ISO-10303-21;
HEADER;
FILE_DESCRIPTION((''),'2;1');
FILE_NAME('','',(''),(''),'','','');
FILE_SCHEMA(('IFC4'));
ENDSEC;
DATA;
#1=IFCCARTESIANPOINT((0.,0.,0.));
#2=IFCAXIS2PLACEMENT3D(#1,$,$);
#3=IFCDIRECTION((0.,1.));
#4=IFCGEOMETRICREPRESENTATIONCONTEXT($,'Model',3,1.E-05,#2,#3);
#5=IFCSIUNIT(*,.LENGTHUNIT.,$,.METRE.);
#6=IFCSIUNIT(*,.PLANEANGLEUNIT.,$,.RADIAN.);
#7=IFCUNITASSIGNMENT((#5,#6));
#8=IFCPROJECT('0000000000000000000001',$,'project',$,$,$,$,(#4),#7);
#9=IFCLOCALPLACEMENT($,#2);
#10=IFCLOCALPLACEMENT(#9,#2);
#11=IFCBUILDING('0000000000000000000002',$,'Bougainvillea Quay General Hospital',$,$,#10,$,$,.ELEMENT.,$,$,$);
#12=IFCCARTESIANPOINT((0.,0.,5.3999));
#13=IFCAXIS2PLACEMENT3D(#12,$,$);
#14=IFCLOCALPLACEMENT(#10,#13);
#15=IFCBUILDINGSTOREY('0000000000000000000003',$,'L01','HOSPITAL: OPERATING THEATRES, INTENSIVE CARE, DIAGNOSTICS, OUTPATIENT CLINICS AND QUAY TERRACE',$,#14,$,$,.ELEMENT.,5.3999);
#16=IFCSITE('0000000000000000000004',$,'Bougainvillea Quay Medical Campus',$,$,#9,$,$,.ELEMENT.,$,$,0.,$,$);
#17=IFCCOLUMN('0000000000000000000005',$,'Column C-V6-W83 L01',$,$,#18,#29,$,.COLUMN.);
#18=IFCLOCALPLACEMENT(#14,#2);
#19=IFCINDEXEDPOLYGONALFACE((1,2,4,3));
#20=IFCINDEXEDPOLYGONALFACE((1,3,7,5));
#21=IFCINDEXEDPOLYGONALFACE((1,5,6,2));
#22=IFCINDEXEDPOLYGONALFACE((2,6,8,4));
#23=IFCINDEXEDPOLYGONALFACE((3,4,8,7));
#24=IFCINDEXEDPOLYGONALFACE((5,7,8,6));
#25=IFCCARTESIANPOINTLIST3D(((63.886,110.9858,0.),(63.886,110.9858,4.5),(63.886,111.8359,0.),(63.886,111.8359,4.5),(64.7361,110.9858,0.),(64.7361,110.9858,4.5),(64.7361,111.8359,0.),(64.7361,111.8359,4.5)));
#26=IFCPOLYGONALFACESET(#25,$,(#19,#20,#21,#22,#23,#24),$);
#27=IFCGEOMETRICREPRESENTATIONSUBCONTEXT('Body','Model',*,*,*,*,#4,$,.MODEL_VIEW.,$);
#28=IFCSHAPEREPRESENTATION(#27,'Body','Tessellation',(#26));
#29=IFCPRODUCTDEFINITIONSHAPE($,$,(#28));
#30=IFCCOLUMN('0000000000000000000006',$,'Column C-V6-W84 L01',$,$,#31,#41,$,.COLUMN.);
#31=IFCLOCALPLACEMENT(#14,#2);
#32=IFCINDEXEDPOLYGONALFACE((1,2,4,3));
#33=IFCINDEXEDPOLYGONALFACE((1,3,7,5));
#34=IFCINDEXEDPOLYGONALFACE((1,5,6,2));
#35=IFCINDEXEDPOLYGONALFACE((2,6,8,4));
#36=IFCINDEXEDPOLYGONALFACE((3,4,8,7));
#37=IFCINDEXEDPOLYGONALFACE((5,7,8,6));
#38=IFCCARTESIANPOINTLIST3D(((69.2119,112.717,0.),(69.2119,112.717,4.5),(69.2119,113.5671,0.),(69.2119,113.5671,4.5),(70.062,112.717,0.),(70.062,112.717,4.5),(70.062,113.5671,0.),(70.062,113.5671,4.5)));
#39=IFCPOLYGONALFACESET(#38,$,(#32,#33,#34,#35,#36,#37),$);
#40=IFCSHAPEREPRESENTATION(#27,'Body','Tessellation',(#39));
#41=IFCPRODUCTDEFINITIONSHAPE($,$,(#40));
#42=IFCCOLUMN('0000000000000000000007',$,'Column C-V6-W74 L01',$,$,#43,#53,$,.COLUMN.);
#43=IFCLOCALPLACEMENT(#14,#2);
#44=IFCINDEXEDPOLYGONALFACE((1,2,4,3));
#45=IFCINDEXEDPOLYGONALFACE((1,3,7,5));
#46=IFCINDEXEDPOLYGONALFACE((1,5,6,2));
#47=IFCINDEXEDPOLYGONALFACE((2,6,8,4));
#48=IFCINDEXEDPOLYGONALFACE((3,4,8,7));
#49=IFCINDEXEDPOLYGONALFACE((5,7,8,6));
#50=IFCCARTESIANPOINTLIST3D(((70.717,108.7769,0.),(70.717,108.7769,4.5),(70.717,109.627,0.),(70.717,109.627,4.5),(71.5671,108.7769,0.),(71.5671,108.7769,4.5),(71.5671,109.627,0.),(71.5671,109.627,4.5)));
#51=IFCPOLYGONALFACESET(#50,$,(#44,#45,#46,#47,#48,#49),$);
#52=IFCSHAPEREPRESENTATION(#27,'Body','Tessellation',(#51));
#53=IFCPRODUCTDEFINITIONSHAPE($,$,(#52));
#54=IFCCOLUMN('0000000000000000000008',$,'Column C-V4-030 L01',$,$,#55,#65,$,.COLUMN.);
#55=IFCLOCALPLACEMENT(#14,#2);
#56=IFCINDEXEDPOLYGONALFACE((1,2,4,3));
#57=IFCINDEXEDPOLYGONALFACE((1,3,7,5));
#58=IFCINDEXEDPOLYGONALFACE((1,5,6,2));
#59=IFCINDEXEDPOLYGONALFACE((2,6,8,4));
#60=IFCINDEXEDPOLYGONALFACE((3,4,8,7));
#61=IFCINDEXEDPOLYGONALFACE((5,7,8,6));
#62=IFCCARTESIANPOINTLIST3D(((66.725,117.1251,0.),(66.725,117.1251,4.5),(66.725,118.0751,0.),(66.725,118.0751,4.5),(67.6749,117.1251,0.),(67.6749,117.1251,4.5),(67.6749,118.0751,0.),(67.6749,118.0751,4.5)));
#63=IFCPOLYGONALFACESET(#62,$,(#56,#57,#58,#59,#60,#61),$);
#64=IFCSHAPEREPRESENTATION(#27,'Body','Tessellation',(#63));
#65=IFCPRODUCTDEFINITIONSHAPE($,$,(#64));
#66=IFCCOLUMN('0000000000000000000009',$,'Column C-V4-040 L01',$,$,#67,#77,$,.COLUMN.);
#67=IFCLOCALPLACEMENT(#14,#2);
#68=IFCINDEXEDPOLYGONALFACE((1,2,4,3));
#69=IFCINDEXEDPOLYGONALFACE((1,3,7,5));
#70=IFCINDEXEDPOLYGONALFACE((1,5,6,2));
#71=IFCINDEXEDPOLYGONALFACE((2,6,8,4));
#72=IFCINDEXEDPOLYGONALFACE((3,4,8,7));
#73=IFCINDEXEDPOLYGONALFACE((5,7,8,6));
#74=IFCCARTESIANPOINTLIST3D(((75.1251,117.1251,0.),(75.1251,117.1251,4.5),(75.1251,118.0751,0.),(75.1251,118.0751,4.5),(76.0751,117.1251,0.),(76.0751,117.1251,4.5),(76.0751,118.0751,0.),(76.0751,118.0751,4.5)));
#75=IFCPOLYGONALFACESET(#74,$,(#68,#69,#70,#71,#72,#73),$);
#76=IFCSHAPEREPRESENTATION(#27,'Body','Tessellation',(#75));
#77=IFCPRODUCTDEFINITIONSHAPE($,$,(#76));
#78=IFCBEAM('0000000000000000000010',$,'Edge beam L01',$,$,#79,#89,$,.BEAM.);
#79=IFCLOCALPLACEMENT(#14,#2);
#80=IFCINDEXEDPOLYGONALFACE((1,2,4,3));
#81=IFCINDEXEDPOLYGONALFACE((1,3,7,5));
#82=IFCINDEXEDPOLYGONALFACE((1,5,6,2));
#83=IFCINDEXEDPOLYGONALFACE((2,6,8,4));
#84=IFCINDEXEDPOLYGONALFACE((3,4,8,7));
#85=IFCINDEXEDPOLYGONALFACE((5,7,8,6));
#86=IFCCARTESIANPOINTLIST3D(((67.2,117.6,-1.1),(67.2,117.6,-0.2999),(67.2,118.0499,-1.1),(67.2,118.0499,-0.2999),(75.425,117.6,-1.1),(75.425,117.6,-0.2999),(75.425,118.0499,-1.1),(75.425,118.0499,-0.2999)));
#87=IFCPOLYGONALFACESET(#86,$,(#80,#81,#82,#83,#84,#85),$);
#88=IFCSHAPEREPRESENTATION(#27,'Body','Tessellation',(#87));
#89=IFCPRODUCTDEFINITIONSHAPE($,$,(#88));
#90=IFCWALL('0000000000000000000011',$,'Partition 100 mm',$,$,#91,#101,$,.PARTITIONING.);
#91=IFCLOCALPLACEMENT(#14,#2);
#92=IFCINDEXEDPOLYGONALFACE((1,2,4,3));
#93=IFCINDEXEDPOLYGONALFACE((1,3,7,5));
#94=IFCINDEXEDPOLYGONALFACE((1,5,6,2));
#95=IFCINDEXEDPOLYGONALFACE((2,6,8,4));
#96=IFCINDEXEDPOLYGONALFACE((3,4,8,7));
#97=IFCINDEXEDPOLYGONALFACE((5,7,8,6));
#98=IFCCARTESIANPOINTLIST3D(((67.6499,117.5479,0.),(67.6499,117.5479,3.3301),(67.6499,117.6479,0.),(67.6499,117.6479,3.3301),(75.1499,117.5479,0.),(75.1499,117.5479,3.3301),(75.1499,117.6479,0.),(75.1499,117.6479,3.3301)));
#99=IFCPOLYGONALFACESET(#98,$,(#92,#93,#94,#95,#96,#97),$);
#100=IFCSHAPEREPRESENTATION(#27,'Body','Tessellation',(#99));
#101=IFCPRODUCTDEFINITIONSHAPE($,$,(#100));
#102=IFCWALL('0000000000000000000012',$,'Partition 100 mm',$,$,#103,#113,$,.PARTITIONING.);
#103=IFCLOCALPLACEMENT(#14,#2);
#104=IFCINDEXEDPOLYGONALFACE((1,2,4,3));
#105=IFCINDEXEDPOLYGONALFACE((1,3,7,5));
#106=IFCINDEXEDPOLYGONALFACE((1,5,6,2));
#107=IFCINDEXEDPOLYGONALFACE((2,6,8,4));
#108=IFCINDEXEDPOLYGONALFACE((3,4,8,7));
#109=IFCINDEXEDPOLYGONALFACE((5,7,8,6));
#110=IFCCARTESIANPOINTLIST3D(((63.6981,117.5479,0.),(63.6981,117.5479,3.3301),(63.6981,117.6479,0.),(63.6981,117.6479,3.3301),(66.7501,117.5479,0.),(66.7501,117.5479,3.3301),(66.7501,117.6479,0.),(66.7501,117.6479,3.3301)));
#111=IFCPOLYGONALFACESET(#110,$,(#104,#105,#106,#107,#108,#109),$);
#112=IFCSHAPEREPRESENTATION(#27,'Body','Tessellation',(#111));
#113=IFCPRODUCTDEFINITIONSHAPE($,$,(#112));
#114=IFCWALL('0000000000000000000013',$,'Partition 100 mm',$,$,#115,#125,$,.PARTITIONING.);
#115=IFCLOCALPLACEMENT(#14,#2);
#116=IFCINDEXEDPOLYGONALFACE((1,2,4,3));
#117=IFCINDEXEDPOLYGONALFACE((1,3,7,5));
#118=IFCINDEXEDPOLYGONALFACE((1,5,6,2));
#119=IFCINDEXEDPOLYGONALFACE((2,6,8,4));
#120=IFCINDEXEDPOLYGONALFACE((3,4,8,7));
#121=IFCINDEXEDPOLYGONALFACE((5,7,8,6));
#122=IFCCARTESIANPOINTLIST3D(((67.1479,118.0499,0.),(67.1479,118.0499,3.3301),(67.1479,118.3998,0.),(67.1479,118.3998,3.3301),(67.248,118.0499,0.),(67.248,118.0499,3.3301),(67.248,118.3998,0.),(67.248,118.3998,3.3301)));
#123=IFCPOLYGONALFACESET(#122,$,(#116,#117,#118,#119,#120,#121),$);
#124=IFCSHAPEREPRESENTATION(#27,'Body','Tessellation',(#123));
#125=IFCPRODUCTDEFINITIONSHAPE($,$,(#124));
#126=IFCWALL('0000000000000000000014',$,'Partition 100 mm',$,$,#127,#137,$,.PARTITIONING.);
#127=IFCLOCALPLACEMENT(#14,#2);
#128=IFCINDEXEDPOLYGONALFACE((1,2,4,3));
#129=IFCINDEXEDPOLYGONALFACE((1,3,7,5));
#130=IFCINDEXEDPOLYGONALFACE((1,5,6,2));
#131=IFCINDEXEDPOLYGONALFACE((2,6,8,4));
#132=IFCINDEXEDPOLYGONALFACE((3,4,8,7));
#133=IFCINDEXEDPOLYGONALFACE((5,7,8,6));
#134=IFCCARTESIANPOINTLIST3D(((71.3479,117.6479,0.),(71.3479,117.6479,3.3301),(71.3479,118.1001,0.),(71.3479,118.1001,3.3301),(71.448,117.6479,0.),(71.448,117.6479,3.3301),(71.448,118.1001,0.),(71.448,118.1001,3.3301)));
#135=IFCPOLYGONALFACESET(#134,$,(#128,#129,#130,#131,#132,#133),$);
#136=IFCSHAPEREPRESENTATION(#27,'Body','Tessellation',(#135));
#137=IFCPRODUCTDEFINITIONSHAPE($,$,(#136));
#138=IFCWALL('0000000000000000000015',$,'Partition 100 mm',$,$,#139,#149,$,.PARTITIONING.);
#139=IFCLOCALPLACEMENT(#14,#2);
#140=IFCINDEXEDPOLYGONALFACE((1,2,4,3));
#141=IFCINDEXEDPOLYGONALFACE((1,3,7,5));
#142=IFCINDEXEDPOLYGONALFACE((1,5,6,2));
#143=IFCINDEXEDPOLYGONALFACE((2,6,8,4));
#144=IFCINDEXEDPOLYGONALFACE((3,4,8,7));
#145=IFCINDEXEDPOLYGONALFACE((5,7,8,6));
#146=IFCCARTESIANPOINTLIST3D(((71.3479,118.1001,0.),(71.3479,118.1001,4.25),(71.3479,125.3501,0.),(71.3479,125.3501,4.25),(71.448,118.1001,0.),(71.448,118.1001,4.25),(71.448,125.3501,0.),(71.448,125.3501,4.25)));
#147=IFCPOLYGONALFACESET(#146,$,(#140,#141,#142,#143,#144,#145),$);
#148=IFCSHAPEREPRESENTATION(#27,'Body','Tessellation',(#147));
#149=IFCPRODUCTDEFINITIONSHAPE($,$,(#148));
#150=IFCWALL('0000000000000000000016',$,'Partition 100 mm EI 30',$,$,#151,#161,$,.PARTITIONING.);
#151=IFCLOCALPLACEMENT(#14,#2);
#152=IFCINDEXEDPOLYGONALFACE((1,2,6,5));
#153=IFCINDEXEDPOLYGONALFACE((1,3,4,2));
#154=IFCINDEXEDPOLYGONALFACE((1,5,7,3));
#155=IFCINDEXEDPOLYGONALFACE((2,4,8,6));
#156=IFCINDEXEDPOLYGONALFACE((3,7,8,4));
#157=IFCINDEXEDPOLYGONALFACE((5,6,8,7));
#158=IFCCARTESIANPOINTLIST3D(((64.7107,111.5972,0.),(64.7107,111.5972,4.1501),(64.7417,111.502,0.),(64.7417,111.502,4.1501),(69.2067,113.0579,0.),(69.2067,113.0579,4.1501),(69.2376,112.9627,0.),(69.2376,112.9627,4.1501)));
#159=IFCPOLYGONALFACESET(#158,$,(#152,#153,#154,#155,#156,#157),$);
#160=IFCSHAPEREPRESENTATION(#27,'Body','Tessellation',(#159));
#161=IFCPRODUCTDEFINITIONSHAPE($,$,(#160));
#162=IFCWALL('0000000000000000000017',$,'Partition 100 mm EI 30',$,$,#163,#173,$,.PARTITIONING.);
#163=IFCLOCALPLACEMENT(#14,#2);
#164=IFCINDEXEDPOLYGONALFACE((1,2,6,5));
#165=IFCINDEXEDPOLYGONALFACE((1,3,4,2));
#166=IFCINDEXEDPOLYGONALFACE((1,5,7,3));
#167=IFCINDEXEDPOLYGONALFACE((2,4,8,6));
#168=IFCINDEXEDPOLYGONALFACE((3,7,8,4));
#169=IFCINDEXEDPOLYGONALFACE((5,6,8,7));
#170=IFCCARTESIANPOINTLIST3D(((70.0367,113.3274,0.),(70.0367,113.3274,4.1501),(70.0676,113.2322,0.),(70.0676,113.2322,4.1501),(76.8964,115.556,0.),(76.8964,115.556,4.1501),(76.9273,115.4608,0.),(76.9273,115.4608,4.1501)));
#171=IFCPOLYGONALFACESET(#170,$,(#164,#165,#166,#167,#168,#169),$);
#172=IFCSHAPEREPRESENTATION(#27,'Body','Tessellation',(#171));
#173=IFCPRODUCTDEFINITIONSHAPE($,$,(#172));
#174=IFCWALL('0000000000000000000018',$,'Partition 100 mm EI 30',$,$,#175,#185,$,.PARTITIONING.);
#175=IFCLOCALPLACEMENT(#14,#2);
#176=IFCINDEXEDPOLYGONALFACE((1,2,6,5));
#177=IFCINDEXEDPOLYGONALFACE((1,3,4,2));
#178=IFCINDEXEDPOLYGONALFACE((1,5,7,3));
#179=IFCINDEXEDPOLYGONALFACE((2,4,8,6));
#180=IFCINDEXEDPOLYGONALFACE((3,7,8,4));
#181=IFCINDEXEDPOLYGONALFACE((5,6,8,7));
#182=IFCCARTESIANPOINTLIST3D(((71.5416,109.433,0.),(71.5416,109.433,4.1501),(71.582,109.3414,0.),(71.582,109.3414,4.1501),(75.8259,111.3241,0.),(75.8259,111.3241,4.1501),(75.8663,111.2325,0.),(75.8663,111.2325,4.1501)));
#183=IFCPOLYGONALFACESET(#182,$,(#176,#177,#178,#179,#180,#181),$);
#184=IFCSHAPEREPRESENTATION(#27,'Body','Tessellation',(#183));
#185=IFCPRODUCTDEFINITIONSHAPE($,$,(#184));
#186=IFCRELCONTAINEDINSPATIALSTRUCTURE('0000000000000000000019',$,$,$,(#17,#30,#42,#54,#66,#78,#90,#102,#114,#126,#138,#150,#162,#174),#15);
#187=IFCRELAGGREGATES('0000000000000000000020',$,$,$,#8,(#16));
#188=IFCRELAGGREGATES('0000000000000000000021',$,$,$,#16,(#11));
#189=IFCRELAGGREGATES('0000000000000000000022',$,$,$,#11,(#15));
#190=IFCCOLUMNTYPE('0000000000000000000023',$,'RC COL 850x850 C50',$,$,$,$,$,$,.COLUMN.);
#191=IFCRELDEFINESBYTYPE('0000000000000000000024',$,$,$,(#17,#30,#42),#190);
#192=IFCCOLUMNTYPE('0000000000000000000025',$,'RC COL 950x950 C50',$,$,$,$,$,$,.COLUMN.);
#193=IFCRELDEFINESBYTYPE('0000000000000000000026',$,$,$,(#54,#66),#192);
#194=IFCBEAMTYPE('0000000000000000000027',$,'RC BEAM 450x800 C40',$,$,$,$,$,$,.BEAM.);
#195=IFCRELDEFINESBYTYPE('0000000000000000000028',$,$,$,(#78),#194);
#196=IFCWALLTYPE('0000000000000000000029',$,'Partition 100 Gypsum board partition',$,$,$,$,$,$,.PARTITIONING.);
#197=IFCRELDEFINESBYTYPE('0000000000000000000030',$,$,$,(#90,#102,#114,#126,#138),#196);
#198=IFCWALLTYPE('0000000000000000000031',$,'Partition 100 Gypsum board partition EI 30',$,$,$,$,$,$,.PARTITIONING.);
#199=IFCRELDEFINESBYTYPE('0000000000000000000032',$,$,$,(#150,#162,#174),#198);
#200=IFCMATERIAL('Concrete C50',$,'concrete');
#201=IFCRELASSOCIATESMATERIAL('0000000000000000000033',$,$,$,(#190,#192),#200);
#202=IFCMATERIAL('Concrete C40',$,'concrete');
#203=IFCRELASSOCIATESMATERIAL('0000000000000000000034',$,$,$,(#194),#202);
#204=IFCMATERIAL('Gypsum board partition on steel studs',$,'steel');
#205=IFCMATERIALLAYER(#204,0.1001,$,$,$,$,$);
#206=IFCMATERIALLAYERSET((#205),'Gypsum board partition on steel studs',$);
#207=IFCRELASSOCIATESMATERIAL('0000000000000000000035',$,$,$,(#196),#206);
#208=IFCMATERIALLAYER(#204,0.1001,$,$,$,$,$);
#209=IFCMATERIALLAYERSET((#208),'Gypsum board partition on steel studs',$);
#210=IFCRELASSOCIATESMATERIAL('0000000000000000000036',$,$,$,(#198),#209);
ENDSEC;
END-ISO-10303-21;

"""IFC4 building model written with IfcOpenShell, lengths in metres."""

from ifc_helpers import new_model, si_unit, direction, frame, frame_2d, origin, origin_2d, place, context, subcontext, project, spatial, rectangle, extrude, material, layer, layer_set, material_profile, profile_set, type_object, element, save


model = new_model("IFC4")

# Units and contexts
model_context = context("Model", 3, precision=1e-05, world=origin(), true_north=direction((0.0, 1.0)))
body_context = subcontext(model_context, "Body", "Model", "MODEL_VIEW")
ifc_project = project(units=[si_unit("LENGTHUNIT", "METRE"), si_unit("PLANEANGLEUNIT", "RADIAN")], contexts=[model_context])

# Site, building, storey
site_placement = place(None, origin())
site = spatial("IfcSite", under=ifc_project, at=site_placement, Name="Bougainvillea Quay Medical Campus", CompositionType="ELEMENT", RefElevation=0.0)
building_placement = place(site_placement, origin())
building = spatial("IfcBuilding", under=site, at=building_placement, Name="Bougainvillea Quay General Hospital", CompositionType="ELEMENT")
storey_placement = place(building_placement, frame((0.0, 0.0, 5.3999)))
storey = spatial("IfcBuildingStorey", under=building, at=storey_placement, Name="L01", Description="HOSPITAL: OPERATING THEATRES, INTENSIVE CARE, DIAGNOSTICS, OUTPATIENT CLINICS AND QUAY TERRACE", CompositionType="ELEMENT", Elevation=5.3999)

# Columns
ifc_material_1 = material(Name="Concrete C50", Category="concrete")
ifc_material_profile_1 = material_profile(ifc_material_1, rectangle(XDim=0.8501, YDim=0.8501, at=origin_2d()))
ifc_profile_set_1 = profile_set([ifc_material_profile_1], Name="Concrete C50")
column_type_1 = type_object("IfcColumnType", Name="RC COL 850x850 C50", PredefinedType="COLUMN", material=ifc_profile_set_1)
for number, where, z_axis, x_axis, name in (
    (1, (64.311, 111.4109, 0.0), (0.0, 0.0, 1.0), (1.0, 0.0, 0.0), "Column C-V6-W83 L01"),
    (2, (69.637, 113.1421, 0.0), (0.0, 0.0, 1.0), (1.0, 0.0, 0.0), "Column C-V6-W84 L01"),
    (3, (71.1421, 109.2019, 0.0), (0.0, 0.0, 1.0), (1.0, 0.0, 0.0), "Column C-V6-W74 L01"),
):
    element("IfcColumn", number, at=place(storey_placement, frame(where, z_axis=z_axis, x_axis=x_axis)), inside=storey, type_object=column_type_1, Name=name, PredefinedType="COLUMN", context=body_context, shape_type="SweptSolid", body=[
        extrude(rectangle(XDim=0.8501, YDim=0.8501, at=origin_2d()), origin(), (0.0, 0.0, 1.0), 4.5),
    ])
ifc_material_profile_2 = material_profile(ifc_material_1, rectangle(XDim=0.95, YDim=0.95, at=origin_2d()))
ifc_profile_set_2 = profile_set([ifc_material_profile_2], Name="Concrete C50")
column_type_2 = type_object("IfcColumnType", Name="RC COL 950x950 C50", PredefinedType="COLUMN", material=ifc_profile_set_2)
for number, where, z_axis, x_axis, name in (
    (4, (67.2, 117.6001, 0.0), (0.0, 0.0, 1.0), (1.0, 0.0, 0.0), "Column C-V4-030 L01"),
    (5, (75.6001, 117.6001, 0.0), (0.0, 0.0, 1.0), (1.0, 0.0, 0.0), "Column C-V4-040 L01"),
):
    element("IfcColumn", number, at=place(storey_placement, frame(where, z_axis=z_axis, x_axis=x_axis)), inside=storey, type_object=column_type_2, Name=name, PredefinedType="COLUMN", context=body_context, shape_type="SweptSolid", body=[
        extrude(rectangle(XDim=0.95, YDim=0.95, at=origin_2d()), origin(), (0.0, 0.0, 1.0), 4.5),
    ])

# Beam
ifc_material_2 = material(Name="Concrete C40", Category="concrete")
ifc_material_profile_3 = material_profile(ifc_material_2, rectangle(XDim=0.45, YDim=0.8, at=origin_2d()))
ifc_profile_set_3 = profile_set([ifc_material_profile_3], Name="Concrete C40")
beam_type = type_object("IfcBeamType", Name="RC BEAM 450x800 C40", PredefinedType="BEAM", material=ifc_profile_set_3)
beam_placement = place(storey_placement, frame((67.2, 117.825, -0.7), z_axis=(1.0, 0.0, 0.0), x_axis=(0.0, 1.0, 0.0)))
element("IfcBeam", 6, at=beam_placement, inside=storey, type_object=beam_type, Name="Edge beam L01", PredefinedType="BEAM", context=body_context, shape_type="SweptSolid", body=[
    extrude(rectangle(XDim=0.45, YDim=0.8, at=origin_2d()), origin(), (0.0, 0.0, 1.0), 8.2251),
])

# Walls
ifc_material_3 = material(Name="Gypsum board partition on steel studs", Category="steel")
ifc_layer_1 = layer(ifc_material_3, 0.1001)
ifc_layer_set_1 = layer_set([ifc_layer_1], Name="Gypsum board partition on steel studs")
wall_type_1 = type_object("IfcWallType", Name="Partition 100 Gypsum board partition", PredefinedType="PARTITIONING", material=ifc_layer_set_1)
wall_1_placement = place(storey_placement, frame((75.1499, 117.5979, 0.0), z_axis=(0.0, 0.0, 1.0), x_axis=(-1.0, 0.0, 0.0)))
element("IfcWall", 7, at=wall_1_placement, inside=storey, type_object=wall_type_1, Name="Partition 100 mm", PredefinedType="PARTITIONING", context=body_context, shape_type="SweptSolid", body=[
    extrude(rectangle(XDim=7.5, YDim=0.1001, at=frame_2d((3.75, 0.0))), origin(), (0.0, 0.0, 1.0), 3.3301),
])
wall_2_placement = place(storey_placement, frame((66.75, 117.5979, 0.0), z_axis=(0.0, 0.0, 1.0), x_axis=(-1.0, 0.0, 0.0)))
element("IfcWall", 8, at=wall_2_placement, inside=storey, type_object=wall_type_1, Name="Partition 100 mm", PredefinedType="PARTITIONING", context=body_context, shape_type="SweptSolid", body=[
    extrude(rectangle(XDim=3.052, YDim=0.1001, at=frame_2d((1.5259, 0.0))), origin(), (0.0, 0.0, 1.0), 3.3301),
])
wall_3_placement = place(storey_placement, frame((67.198, 118.05, 0.0), z_axis=(0.0, 0.0, 1.0), x_axis=(0.0, 1.0, 0.0)))
element("IfcWall", 9, at=wall_3_placement, inside=storey, type_object=wall_type_1, Name="Partition 100 mm", PredefinedType="PARTITIONING", context=body_context, shape_type="SweptSolid", body=[
    extrude(rectangle(XDim=0.3499, YDim=0.1001, at=frame_2d((0.1748, 0.0))), origin(), (0.0, 0.0, 1.0), 3.3301),
])
wall_4_placement = place(storey_placement, frame((71.3979, 117.6479, 0.0), z_axis=(0.0, 0.0, 1.0), x_axis=(0.0, 1.0, 0.0)))
element("IfcWall", 10, at=wall_4_placement, inside=storey, type_object=wall_type_1, Name="Partition 100 mm", PredefinedType="PARTITIONING", context=body_context, shape_type="SweptSolid", body=[
    extrude(rectangle(XDim=0.4521, YDim=0.1001, at=frame_2d((0.2261, 0.0))), origin(), (0.0, 0.0, 1.0), 3.3301),
])
wall_5_placement = place(storey_placement, frame((71.3979, 118.1001, 0.0), z_axis=(0.0, 0.0, 1.0), x_axis=(0.0, 1.0, 0.0)))
element("IfcWall", 11, at=wall_5_placement, inside=storey, type_object=wall_type_1, Name="Partition 100 mm", PredefinedType="PARTITIONING", context=body_context, shape_type="SweptSolid", body=[
    extrude(rectangle(XDim=7.25, YDim=0.1001, at=frame_2d((3.625, 0.0))), origin(), (0.0, 0.0, 1.0), 4.25),
])
ifc_layer_2 = layer(ifc_material_3, 0.1001)
ifc_layer_set_2 = layer_set([ifc_layer_2], Name="Gypsum board partition on steel studs")
wall_type_2 = type_object("IfcWallType", Name="Partition 100 Gypsum board partition EI 30", PredefinedType="PARTITIONING", material=ifc_layer_set_2)
wall_6_placement = place(storey_placement, frame((64.7261, 111.5496, 0.0), z_axis=(0.0, 0.0, 1.0), x_axis=(0.951063, 0.308998, 0.0)))
element("IfcWall", 12, at=wall_6_placement, inside=storey, type_object=wall_type_2, Name="Partition 100 mm EI 30", PredefinedType="PARTITIONING", context=body_context, shape_type="SweptSolid", body=[
    extrude(rectangle(XDim=4.7273, YDim=0.1001, at=frame_2d((2.3638, 0.0))), origin(), (0.0, 0.0, 1.0), 4.1501),
])
wall_7_placement = place(storey_placement, frame((70.052, 113.2798, 0.0), z_axis=(0.0, 0.0, 1.0), x_axis=(0.951069, 0.308978, 0.0)))
element("IfcWall", 13, at=wall_7_placement, inside=storey, type_object=wall_type_2, Name="Partition 100 mm EI 30", PredefinedType="PARTITIONING", context=body_context, shape_type="SweptSolid", body=[
    extrude(rectangle(XDim=7.2126, YDim=0.1001, at=frame_2d((3.6064, 0.0))), origin(), (0.0, 0.0, 1.0), 4.1501),
])
wall_8_placement = place(storey_placement, frame((71.5618, 109.3872, 0.0), z_axis=(0.0, 0.0, 1.0), x_axis=(0.914845, 0.403806, 0.0)))
element("IfcWall", 14, at=wall_8_placement, inside=storey, type_object=wall_type_2, Name="Partition 100 mm EI 30", PredefinedType="PARTITIONING", context=body_context, shape_type="SweptSolid", body=[
    extrude(rectangle(XDim=4.6831, YDim=0.1001, at=frame_2d((2.3416, 0.0))), origin(), (0.0, 0.0, 1.0), 4.1501),
])

save(model, "model.ifc")
